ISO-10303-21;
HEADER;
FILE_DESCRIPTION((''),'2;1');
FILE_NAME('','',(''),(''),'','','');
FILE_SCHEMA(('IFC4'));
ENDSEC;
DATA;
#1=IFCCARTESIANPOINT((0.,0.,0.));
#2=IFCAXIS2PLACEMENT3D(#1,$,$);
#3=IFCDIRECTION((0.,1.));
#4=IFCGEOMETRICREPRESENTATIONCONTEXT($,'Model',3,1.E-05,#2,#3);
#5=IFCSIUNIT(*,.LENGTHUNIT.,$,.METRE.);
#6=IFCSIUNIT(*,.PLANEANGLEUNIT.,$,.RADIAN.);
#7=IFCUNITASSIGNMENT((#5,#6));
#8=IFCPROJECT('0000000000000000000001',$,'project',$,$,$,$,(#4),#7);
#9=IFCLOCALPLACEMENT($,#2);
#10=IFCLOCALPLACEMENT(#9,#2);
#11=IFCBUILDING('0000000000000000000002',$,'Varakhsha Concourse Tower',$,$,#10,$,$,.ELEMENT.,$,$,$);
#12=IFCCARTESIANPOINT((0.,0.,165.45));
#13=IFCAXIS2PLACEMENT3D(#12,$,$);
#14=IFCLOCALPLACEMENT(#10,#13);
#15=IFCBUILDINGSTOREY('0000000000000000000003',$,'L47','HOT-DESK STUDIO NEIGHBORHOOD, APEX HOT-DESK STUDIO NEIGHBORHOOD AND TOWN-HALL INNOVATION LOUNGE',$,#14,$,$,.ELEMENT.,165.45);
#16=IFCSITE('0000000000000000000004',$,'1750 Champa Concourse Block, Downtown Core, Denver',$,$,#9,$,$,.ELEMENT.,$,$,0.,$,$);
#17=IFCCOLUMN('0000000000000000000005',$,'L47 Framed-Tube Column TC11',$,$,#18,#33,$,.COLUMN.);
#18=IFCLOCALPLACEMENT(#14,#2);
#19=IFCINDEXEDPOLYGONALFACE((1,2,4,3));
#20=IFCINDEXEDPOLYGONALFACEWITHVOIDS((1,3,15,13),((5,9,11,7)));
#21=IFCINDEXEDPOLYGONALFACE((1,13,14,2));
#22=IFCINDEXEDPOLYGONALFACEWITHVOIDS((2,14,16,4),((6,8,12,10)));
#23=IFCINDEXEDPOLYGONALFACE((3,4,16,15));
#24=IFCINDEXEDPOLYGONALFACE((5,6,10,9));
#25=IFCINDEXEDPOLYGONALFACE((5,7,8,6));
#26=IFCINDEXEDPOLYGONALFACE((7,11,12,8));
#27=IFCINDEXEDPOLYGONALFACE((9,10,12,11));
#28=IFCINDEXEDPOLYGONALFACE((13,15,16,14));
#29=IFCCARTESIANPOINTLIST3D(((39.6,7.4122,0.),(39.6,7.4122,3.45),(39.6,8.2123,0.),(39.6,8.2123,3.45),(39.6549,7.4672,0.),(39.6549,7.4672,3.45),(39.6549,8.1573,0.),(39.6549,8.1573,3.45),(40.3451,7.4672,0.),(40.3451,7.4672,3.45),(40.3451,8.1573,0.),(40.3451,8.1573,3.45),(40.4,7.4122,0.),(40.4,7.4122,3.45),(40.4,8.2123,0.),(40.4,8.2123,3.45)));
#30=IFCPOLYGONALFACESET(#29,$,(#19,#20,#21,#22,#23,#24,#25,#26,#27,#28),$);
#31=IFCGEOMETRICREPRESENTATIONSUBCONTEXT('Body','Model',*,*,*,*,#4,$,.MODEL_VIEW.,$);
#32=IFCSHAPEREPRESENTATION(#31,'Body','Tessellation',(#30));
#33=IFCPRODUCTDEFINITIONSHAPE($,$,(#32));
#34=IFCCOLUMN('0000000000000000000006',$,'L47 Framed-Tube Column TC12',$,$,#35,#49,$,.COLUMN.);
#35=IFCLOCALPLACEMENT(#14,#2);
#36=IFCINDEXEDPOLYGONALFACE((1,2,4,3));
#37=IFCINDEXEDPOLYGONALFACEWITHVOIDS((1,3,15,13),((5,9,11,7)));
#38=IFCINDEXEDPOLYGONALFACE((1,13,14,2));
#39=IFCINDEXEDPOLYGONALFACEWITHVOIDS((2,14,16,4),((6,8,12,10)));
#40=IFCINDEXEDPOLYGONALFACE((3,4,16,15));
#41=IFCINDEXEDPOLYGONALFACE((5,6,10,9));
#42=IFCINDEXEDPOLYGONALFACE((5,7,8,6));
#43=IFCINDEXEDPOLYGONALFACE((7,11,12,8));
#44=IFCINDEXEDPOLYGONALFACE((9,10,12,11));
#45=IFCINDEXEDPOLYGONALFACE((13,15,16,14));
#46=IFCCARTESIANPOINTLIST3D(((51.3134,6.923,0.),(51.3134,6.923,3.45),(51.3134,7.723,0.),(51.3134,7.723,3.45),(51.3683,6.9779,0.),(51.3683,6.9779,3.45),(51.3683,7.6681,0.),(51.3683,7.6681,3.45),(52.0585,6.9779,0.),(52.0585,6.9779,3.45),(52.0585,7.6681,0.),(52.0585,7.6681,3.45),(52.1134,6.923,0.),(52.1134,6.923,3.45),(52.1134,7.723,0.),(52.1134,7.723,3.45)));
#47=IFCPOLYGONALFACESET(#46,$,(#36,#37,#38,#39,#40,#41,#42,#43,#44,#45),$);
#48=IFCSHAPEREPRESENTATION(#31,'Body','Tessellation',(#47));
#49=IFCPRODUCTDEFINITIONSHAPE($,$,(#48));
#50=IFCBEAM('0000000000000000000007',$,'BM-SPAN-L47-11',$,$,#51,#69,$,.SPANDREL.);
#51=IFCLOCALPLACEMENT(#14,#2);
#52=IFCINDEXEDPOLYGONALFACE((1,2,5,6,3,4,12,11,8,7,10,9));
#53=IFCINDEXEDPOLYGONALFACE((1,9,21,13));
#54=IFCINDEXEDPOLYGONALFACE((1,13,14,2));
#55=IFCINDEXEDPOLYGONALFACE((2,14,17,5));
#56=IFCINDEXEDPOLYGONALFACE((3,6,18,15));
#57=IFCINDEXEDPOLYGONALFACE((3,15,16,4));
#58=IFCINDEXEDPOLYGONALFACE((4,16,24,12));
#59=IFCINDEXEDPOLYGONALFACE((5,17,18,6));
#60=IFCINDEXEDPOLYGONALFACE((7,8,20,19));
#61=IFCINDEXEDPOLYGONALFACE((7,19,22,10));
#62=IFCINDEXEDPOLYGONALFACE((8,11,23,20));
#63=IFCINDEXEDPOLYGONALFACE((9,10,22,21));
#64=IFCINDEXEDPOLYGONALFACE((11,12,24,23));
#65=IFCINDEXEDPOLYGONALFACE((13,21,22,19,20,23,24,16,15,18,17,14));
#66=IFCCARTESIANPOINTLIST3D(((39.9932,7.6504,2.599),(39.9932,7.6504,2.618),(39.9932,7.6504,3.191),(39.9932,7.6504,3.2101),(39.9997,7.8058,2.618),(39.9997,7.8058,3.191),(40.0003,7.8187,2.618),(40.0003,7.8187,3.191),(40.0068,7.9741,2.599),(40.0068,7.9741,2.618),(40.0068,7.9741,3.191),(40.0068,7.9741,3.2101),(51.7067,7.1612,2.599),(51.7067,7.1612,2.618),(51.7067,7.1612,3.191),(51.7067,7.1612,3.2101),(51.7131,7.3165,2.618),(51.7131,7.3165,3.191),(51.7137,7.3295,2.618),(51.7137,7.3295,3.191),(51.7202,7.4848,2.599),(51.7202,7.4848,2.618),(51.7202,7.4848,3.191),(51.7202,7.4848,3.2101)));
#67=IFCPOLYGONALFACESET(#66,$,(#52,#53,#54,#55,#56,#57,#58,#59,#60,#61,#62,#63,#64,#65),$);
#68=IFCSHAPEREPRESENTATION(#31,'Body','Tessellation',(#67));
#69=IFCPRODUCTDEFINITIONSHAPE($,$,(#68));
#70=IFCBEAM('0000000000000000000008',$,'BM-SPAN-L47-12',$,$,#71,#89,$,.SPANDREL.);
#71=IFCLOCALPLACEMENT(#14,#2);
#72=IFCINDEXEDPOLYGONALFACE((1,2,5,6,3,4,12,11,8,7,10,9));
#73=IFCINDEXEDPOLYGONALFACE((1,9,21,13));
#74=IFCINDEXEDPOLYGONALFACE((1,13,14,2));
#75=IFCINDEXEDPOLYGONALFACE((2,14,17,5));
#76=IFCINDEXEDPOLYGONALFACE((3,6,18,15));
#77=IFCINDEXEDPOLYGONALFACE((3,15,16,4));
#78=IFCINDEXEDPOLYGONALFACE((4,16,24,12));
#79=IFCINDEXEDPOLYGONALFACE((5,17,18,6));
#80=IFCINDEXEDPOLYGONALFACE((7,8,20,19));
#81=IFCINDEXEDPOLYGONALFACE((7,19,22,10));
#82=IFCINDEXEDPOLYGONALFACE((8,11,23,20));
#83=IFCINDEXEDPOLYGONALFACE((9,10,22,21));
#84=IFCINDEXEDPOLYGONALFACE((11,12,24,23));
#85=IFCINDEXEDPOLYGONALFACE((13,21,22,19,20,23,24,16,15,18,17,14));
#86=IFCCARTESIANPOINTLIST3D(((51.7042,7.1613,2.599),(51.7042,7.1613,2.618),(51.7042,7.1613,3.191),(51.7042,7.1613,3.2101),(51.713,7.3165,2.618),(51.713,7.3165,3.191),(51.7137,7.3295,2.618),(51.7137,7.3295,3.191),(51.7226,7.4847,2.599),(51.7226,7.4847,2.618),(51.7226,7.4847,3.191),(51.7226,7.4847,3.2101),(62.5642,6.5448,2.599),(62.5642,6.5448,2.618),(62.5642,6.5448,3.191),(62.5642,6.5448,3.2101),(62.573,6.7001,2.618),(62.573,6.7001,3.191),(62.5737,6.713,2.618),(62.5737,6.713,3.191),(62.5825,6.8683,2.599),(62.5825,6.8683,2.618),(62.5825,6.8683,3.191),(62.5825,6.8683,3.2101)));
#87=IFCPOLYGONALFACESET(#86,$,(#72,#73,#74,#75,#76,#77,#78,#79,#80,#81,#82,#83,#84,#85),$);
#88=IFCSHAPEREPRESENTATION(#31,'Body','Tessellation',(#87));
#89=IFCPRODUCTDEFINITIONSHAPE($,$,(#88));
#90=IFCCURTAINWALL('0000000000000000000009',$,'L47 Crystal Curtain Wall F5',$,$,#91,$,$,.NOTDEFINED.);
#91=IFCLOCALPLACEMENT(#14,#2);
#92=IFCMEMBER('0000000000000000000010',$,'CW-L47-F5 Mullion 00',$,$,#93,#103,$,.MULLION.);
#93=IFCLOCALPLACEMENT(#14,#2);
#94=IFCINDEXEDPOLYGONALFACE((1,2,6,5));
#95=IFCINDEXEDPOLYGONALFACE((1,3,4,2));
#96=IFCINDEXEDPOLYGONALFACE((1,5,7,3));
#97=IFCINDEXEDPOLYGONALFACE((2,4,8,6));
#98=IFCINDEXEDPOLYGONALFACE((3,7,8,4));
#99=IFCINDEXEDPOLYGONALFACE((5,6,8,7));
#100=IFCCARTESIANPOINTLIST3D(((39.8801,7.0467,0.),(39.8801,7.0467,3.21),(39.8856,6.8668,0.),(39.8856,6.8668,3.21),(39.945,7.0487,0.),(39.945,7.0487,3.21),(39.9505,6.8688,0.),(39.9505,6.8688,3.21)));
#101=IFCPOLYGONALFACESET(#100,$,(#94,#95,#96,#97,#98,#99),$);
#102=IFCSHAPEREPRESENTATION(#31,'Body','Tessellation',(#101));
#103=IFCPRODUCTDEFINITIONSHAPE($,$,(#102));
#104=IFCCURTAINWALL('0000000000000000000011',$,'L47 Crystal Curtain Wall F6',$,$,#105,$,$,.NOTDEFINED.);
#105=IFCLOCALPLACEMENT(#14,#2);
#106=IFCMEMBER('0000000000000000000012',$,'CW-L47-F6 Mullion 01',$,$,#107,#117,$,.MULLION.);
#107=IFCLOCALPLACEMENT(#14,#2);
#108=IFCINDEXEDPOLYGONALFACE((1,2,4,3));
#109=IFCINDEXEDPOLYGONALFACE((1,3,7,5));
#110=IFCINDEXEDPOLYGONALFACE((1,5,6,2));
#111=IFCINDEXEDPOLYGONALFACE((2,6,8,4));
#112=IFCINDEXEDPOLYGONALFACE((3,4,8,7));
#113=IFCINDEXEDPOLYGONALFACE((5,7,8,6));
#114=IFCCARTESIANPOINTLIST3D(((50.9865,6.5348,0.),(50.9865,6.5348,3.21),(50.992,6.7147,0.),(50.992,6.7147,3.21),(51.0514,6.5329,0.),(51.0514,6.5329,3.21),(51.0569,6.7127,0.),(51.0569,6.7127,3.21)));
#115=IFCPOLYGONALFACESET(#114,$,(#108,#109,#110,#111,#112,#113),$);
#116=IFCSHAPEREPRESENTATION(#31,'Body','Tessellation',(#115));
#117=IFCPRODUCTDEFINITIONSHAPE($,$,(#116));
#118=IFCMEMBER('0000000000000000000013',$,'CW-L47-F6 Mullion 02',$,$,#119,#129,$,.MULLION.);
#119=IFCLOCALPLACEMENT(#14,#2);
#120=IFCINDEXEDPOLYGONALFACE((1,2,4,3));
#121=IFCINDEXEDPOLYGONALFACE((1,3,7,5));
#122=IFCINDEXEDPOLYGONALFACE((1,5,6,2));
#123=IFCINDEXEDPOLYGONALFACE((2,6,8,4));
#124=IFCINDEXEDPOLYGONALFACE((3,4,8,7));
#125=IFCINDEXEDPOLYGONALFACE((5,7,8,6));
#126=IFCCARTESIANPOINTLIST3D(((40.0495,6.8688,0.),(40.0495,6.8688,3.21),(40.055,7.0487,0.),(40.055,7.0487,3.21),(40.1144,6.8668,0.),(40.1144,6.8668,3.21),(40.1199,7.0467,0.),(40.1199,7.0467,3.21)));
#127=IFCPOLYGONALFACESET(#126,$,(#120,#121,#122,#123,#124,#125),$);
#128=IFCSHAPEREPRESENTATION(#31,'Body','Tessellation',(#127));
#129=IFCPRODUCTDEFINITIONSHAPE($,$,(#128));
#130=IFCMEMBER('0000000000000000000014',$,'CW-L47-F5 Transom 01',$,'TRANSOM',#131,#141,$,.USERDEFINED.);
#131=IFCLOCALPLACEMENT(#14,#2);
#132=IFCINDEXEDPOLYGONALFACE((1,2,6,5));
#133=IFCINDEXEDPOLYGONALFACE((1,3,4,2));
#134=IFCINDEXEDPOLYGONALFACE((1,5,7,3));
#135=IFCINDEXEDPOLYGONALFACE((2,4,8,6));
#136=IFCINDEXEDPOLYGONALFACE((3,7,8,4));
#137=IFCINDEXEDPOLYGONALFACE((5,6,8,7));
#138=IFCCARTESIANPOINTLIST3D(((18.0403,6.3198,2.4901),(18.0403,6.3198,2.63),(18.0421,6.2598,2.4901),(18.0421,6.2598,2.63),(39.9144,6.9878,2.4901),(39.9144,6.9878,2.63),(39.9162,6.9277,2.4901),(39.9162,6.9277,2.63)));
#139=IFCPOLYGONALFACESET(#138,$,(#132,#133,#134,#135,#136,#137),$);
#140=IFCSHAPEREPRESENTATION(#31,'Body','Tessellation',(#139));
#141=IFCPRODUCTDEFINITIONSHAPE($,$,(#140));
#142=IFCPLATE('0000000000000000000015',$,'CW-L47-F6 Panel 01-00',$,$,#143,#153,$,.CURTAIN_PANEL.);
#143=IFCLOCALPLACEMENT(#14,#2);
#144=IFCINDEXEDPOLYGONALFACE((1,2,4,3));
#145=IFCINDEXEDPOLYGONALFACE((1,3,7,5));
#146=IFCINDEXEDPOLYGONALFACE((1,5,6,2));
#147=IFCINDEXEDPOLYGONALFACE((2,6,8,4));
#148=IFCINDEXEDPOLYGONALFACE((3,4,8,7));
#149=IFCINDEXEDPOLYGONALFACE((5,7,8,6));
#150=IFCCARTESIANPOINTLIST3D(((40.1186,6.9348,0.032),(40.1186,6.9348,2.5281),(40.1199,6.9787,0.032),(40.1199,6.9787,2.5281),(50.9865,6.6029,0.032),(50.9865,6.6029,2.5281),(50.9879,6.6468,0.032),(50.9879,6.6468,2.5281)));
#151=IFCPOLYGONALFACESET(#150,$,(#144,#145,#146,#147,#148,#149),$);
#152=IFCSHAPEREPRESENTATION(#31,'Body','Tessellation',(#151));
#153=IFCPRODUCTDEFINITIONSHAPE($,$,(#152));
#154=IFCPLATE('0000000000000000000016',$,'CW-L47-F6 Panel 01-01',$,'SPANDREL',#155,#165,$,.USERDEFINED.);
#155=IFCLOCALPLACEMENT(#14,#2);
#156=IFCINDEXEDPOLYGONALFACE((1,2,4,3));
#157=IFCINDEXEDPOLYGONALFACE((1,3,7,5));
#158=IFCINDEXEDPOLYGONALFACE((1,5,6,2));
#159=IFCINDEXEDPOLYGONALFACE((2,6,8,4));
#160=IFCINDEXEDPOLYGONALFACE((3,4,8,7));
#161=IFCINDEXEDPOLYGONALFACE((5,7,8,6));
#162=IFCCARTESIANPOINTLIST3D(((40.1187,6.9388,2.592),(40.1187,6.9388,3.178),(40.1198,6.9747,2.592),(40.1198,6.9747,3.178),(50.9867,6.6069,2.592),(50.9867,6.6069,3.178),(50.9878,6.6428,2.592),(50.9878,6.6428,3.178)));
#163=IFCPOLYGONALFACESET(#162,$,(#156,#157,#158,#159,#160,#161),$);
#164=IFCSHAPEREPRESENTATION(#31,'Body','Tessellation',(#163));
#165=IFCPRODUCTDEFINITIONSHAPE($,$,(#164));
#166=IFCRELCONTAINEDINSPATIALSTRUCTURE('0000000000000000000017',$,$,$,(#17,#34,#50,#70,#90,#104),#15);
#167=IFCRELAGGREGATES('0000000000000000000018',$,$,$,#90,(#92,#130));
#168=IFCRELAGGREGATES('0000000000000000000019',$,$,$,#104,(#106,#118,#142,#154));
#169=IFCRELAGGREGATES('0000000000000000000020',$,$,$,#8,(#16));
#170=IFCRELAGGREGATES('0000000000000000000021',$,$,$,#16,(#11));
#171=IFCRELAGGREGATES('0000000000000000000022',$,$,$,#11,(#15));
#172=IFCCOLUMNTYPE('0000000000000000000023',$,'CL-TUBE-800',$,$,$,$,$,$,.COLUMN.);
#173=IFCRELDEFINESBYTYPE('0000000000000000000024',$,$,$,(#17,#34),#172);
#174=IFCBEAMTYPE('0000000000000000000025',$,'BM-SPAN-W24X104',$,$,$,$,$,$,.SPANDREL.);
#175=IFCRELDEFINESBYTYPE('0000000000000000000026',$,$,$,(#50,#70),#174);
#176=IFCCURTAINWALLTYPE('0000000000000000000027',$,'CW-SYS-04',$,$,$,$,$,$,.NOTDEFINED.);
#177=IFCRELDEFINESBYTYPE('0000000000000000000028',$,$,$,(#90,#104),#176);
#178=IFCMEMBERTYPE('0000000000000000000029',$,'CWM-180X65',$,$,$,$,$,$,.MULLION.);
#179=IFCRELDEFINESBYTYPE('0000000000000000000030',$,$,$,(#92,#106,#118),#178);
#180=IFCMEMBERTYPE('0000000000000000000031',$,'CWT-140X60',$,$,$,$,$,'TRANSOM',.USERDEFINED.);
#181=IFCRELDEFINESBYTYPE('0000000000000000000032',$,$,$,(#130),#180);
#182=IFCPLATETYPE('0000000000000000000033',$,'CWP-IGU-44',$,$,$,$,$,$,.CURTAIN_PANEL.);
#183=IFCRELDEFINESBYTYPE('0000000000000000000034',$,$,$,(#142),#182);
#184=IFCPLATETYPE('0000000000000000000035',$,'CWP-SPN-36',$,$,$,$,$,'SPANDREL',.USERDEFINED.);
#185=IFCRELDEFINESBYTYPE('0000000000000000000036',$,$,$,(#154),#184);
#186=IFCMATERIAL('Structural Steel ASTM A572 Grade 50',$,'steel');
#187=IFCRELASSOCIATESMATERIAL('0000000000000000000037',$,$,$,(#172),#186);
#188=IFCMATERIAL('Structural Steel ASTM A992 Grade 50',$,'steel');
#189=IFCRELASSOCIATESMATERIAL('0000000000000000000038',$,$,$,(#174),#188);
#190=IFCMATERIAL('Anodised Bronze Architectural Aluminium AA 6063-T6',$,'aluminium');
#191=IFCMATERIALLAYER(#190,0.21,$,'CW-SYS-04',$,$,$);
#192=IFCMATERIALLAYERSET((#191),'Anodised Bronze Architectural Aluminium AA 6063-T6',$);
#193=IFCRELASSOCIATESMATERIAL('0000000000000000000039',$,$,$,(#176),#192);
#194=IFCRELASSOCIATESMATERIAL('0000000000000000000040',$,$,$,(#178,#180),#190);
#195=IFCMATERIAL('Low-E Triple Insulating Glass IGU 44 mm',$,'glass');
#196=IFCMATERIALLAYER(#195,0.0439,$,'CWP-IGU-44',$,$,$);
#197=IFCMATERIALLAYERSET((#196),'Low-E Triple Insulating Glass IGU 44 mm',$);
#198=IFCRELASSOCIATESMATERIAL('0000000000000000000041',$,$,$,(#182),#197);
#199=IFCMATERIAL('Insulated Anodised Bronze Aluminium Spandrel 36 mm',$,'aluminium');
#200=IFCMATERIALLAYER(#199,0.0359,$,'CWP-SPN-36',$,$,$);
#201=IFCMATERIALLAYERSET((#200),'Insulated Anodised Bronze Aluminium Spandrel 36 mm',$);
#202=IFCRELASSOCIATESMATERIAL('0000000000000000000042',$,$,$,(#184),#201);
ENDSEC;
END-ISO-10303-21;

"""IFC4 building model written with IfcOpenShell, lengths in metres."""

from ifc_helpers import new_model, si_unit, direction, frame, origin, origin_2d, place, context, subcontext, project, spatial, rectangle, hollow_rectangle, i_section, extrude, source, transform, mapped, material, layer, layer_set, material_profile, profile_set, type_object, type_shapes, element, aggregate, save


model = new_model("IFC4")

# Units and contexts
model_context = context("Model", 3, precision=1e-05, world=origin(), true_north=direction((0.0, 1.0)))
body_context = subcontext(model_context, "Body", "Model", "MODEL_VIEW")
ifc_project = project(units=[si_unit("LENGTHUNIT", "METRE"), si_unit("PLANEANGLEUNIT", "RADIAN")], contexts=[model_context])

# Site, building, storey
site_placement = place(None, origin())
site = spatial("IfcSite", under=ifc_project, at=site_placement, Name="1750 Champa Concourse Block, Downtown Core, Denver", CompositionType="ELEMENT", RefElevation=0.0)
building_placement = place(site_placement, origin())
building = spatial("IfcBuilding", under=site, at=building_placement, Name="Varakhsha Concourse Tower", CompositionType="ELEMENT")
storey_placement = place(building_placement, frame((0.0, 0.0, 165.45)))
storey = spatial("IfcBuildingStorey", under=building, at=storey_placement, Name="L47", Description="HOT-DESK STUDIO NEIGHBORHOOD, APEX HOT-DESK STUDIO NEIGHBORHOOD AND TOWN-HALL INNOVATION LOUNGE", CompositionType="ELEMENT", Elevation=165.45)

# Columns
ifc_material_1 = material(Name="Structural Steel ASTM A572 Grade 50", Category="steel")
ifc_material_profile_1 = material_profile(ifc_material_1, hollow_rectangle(XDim=0.8, YDim=0.8, WallThickness=0.0549, at=origin_2d()), Name="BOX 800x800x55")
ifc_profile_set_1 = profile_set([ifc_material_profile_1], Name="Structural Steel ASTM A572 Grade 50")
column_type = type_object("IfcColumnType", Name="CL-TUBE-800", PredefinedType="COLUMN", material=ifc_profile_set_1)
for number, where, z_axis, x_axis, name in (
    (1, (40.0, 7.8123, 0.0), (0.0, 0.0, 1.0), (1.0, 0.0, 0.0), "L47 Framed-Tube Column TC11"),
    (2, (51.7134, 7.323, 0.0), (0.0, 0.0, 1.0), (1.0, 0.0, 0.0), "L47 Framed-Tube Column TC12"),
):
    element("IfcColumn", number, at=place(storey_placement, frame(where, z_axis=z_axis, x_axis=x_axis)), inside=storey, type_object=column_type, Name=name, PredefinedType="COLUMN", context=body_context, shape_type="SweptSolid", body=[
        extrude(hollow_rectangle(XDim=0.8, YDim=0.8, WallThickness=0.0549, at=origin_2d()), origin(), (0.0, 0.0, 1.0), 3.45),
    ])

# Beams
ifc_material_2 = material(Name="Structural Steel ASTM A992 Grade 50", Category="steel")
ifc_material_profile_2 = material_profile(ifc_material_2, i_section(OverallWidth=0.324, OverallDepth=0.6111, WebThickness=0.0129, FlangeThickness=0.019, at=origin_2d()), Name="W24X104")
ifc_profile_set_2 = profile_set([ifc_material_profile_2], Name="Structural Steel ASTM A992 Grade 50")
beam_type = type_object("IfcBeamType", Name="BM-SPAN-W24X104", PredefinedType="SPANDREL", material=ifc_profile_set_2)
beam_1_placement = place(storey_placement, frame((40.0, 7.8123, 2.9045), z_axis=(0.999129, -0.041733, 0.0), x_axis=(0.041733, 0.999129, 0.0)))
element("IfcBeam", 3, at=beam_1_placement, inside=storey, type_object=beam_type, Name="BM-SPAN-L47-11", PredefinedType="SPANDREL", context=body_context, shape_type="SweptSolid", body=[
    extrude(i_section(OverallWidth=0.324, OverallDepth=0.6111, WebThickness=0.0129, FlangeThickness=0.019, at=origin_2d()), origin(), (0.0, 0.0, 1.0), 11.7236),
])
beam_2_placement = place(storey_placement, frame((51.7134, 7.323, 2.9045), z_axis=(0.998393, -0.056673, 0.0), x_axis=(0.056673, 0.998393, 0.0)))
element("IfcBeam", 4, at=beam_2_placement, inside=storey, type_object=beam_type, Name="BM-SPAN-L47-12", PredefinedType="SPANDREL", context=body_context, shape_type="SweptSolid", body=[
    extrude(i_section(OverallWidth=0.324, OverallDepth=0.6111, WebThickness=0.0129, FlangeThickness=0.019, at=origin_2d()), origin(), (0.0, 0.0, 1.0), 10.8774),
])

# Curtain wall, member
ifc_material_3 = material(Name="Anodised Bronze Architectural Aluminium AA 6063-T6", Category="aluminium")
ifc_layer_1 = layer(ifc_material_3, 0.21, Name="CW-SYS-04")
ifc_layer_set_1 = layer_set([ifc_layer_1], Name="Anodised Bronze Architectural Aluminium AA 6063-T6")
curtain_wall_type = type_object("IfcCurtainWallType", Name="CW-SYS-04", PredefinedType="NOTDEFINED", material=ifc_layer_set_1)
curtain_wall_1_placement = place(storey_placement, origin())
curtain_wall_1 = element("IfcCurtainWall", 5, at=curtain_wall_1_placement, inside=storey, type_object=curtain_wall_type, Name="L47 Crystal Curtain Wall F5", PredefinedType="NOTDEFINED")
ifc_material_profile_3 = material_profile(ifc_material_3, rectangle(XDim=0.0649, YDim=0.1799, at=origin_2d()), Name="CWM-180X65")
ifc_profile_set_3 = profile_set([ifc_material_profile_3], Name="Anodised Bronze Architectural Aluminium AA 6063-T6")
member_type_1 = type_object("IfcMemberType", Name="CWM-180X65", PredefinedType="MULLION", material=ifc_profile_set_3)
shared_shape_1 = source(origin(), body_context, "Body", "SweptSolid", [
    extrude(rectangle(XDim=0.0649, YDim=0.1799, at=origin_2d()), origin(), (0.0, 0.0, 1.0), 3.21),
])
type_shapes(member_type_1, [shared_shape_1])
member_1_placement = place(storey_placement, frame((39.9153, 6.9578, 0.0), z_axis=(0.0, 0.0, 1.0), x_axis=(-0.999534, -0.030525, 0.0)))
member_1 = element("IfcMember", 6, at=member_1_placement, type_object=member_type_1, Name="CW-L47-F5 Mullion 00", PredefinedType="MULLION", context=body_context, shape_type="MappedRepresentation", body=[
    mapped(shared_shape_1, transform((0.0, 0.0, 0.0), scale=1.0)),
])

# Curtain wall, members
curtain_wall_2_placement = place(storey_placement, origin())
curtain_wall_2 = element("IfcCurtainWall", 7, at=curtain_wall_2_placement, inside=storey, type_object=curtain_wall_type, Name="L47 Crystal Curtain Wall F6", PredefinedType="NOTDEFINED")
member_2_placement = place(storey_placement, frame((51.0217, 6.6238, 0.0), z_axis=(0.0, 0.0, 1.0), x_axis=(-0.999534, 0.030525, 0.0)))
member_2 = element("IfcMember", 8, at=member_2_placement, type_object=member_type_1, Name="CW-L47-F6 Mullion 01", PredefinedType="MULLION", context=body_context, shape_type="MappedRepresentation", body=[
    mapped(shared_shape_1, transform((0.0, 0.0, 0.0), scale=1.0)),
])
member_3_placement = place(storey_placement, frame((40.0847, 6.9578, 0.0), z_axis=(0.0, 0.0, 1.0), x_axis=(-0.999534, 0.030525, 0.0)))
member_3 = element("IfcMember", 9, at=member_3_placement, type_object=member_type_1, Name="CW-L47-F6 Mullion 02", PredefinedType="MULLION", context=body_context, shape_type="MappedRepresentation", body=[
    mapped(shared_shape_1, transform((0.0, 0.0, 0.0), scale=1.0)),
])

# Member
ifc_material_profile_4 = material_profile(ifc_material_3, rectangle(XDim=0.0601, YDim=0.1399, at=origin_2d()), Name="CWT-140X60")
ifc_profile_set_4 = profile_set([ifc_material_profile_4], Name="Anodised Bronze Architectural Aluminium AA 6063-T6")
member_type_2 = type_object("IfcMemberType", Name="CWT-140X60", ElementType="TRANSOM", PredefinedType="USERDEFINED", material=ifc_profile_set_4)
shared_shape_2 = source(origin(), body_context, "Body", "SweptSolid", [
    extrude(rectangle(XDim=0.0601, YDim=0.1399, at=origin_2d()), origin(), (0.0, 0.0, 1.0), 21.8843),
])
type_shapes(member_type_2, [shared_shape_2])
member_4_placement = place(storey_placement, frame((39.9153, 6.9578, 2.5601), z_axis=(-0.999534, -0.030523, 0.0), x_axis=(0.030523, -0.999534, 0.0)))
member_4 = element("IfcMember", 10, at=member_4_placement, type_object=member_type_2, Name="CW-L47-F5 Transom 01", ObjectType="TRANSOM", PredefinedType="USERDEFINED", context=body_context, shape_type="MappedRepresentation", body=[
    mapped(shared_shape_2, transform((0.0, 0.0, 0.0), scale=1.0)),
])
aggregate(curtain_wall_1, [member_1, member_4])

# Plates
ifc_material_4 = material(Name="Low-E Triple Insulating Glass IGU 44 mm", Category="glass")
ifc_layer_2 = layer(ifc_material_4, 0.0439, Name="CWP-IGU-44")
ifc_layer_set_2 = layer_set([ifc_layer_2], Name="Low-E Triple Insulating Glass IGU 44 mm")
plate_type_1 = type_object("IfcPlateType", Name="CWP-IGU-44", PredefinedType="CURTAIN_PANEL", material=ifc_layer_set_2)
shared_shape_3 = source(origin(), body_context, "Body", "SweptSolid", [
    extrude(rectangle(XDim=10.873, YDim=0.0439, at=origin_2d()), origin(), (0.0, 0.0, 1.0), 2.4961),
])
type_shapes(plate_type_1, [shared_shape_3])
plate_1_placement = place(storey_placement, frame((45.5532, 6.7908, 0.032), z_axis=(0.0, 0.0, 1.0), x_axis=(-0.999534, 0.030525, 0.0)))
plate_1 = element("IfcPlate", 11, at=plate_1_placement, type_object=plate_type_1, Name="CW-L47-F6 Panel 01-00", PredefinedType="CURTAIN_PANEL", context=body_context, shape_type="MappedRepresentation", body=[
    mapped(shared_shape_3, transform((0.0, 0.0, 0.0), scale=1.0)),
])
ifc_material_5 = material(Name="Insulated Anodised Bronze Aluminium Spandrel 36 mm", Category="aluminium")
ifc_layer_3 = layer(ifc_material_5, 0.0359, Name="CWP-SPN-36")
ifc_layer_set_3 = layer_set([ifc_layer_3], Name="Insulated Anodised Bronze Aluminium Spandrel 36 mm")
plate_type_2 = type_object("IfcPlateType", Name="CWP-SPN-36", ElementType="SPANDREL", PredefinedType="USERDEFINED", material=ifc_layer_set_3)
shared_shape_4 = source(origin(), body_context, "Body", "SweptSolid", [
    extrude(rectangle(XDim=10.873, YDim=0.0359, at=origin_2d()), origin(), (0.0, 0.0, 1.0), 0.5859),
])
type_shapes(plate_type_2, [shared_shape_4])
plate_2_placement = place(storey_placement, frame((45.5532, 6.7908, 2.592), z_axis=(0.0, 0.0, 1.0), x_axis=(-0.999534, 0.030525, 0.0)))
plate_2 = element("IfcPlate", 12, at=plate_2_placement, type_object=plate_type_2, Name="CW-L47-F6 Panel 01-01", ObjectType="SPANDREL", PredefinedType="USERDEFINED", context=body_context, shape_type="MappedRepresentation", body=[
    mapped(shared_shape_4, transform((0.0, 0.0, 0.0), scale=1.0)),
])
aggregate(curtain_wall_2, [member_2, member_3, plate_1, plate_2])

save(model, "model.ifc")
